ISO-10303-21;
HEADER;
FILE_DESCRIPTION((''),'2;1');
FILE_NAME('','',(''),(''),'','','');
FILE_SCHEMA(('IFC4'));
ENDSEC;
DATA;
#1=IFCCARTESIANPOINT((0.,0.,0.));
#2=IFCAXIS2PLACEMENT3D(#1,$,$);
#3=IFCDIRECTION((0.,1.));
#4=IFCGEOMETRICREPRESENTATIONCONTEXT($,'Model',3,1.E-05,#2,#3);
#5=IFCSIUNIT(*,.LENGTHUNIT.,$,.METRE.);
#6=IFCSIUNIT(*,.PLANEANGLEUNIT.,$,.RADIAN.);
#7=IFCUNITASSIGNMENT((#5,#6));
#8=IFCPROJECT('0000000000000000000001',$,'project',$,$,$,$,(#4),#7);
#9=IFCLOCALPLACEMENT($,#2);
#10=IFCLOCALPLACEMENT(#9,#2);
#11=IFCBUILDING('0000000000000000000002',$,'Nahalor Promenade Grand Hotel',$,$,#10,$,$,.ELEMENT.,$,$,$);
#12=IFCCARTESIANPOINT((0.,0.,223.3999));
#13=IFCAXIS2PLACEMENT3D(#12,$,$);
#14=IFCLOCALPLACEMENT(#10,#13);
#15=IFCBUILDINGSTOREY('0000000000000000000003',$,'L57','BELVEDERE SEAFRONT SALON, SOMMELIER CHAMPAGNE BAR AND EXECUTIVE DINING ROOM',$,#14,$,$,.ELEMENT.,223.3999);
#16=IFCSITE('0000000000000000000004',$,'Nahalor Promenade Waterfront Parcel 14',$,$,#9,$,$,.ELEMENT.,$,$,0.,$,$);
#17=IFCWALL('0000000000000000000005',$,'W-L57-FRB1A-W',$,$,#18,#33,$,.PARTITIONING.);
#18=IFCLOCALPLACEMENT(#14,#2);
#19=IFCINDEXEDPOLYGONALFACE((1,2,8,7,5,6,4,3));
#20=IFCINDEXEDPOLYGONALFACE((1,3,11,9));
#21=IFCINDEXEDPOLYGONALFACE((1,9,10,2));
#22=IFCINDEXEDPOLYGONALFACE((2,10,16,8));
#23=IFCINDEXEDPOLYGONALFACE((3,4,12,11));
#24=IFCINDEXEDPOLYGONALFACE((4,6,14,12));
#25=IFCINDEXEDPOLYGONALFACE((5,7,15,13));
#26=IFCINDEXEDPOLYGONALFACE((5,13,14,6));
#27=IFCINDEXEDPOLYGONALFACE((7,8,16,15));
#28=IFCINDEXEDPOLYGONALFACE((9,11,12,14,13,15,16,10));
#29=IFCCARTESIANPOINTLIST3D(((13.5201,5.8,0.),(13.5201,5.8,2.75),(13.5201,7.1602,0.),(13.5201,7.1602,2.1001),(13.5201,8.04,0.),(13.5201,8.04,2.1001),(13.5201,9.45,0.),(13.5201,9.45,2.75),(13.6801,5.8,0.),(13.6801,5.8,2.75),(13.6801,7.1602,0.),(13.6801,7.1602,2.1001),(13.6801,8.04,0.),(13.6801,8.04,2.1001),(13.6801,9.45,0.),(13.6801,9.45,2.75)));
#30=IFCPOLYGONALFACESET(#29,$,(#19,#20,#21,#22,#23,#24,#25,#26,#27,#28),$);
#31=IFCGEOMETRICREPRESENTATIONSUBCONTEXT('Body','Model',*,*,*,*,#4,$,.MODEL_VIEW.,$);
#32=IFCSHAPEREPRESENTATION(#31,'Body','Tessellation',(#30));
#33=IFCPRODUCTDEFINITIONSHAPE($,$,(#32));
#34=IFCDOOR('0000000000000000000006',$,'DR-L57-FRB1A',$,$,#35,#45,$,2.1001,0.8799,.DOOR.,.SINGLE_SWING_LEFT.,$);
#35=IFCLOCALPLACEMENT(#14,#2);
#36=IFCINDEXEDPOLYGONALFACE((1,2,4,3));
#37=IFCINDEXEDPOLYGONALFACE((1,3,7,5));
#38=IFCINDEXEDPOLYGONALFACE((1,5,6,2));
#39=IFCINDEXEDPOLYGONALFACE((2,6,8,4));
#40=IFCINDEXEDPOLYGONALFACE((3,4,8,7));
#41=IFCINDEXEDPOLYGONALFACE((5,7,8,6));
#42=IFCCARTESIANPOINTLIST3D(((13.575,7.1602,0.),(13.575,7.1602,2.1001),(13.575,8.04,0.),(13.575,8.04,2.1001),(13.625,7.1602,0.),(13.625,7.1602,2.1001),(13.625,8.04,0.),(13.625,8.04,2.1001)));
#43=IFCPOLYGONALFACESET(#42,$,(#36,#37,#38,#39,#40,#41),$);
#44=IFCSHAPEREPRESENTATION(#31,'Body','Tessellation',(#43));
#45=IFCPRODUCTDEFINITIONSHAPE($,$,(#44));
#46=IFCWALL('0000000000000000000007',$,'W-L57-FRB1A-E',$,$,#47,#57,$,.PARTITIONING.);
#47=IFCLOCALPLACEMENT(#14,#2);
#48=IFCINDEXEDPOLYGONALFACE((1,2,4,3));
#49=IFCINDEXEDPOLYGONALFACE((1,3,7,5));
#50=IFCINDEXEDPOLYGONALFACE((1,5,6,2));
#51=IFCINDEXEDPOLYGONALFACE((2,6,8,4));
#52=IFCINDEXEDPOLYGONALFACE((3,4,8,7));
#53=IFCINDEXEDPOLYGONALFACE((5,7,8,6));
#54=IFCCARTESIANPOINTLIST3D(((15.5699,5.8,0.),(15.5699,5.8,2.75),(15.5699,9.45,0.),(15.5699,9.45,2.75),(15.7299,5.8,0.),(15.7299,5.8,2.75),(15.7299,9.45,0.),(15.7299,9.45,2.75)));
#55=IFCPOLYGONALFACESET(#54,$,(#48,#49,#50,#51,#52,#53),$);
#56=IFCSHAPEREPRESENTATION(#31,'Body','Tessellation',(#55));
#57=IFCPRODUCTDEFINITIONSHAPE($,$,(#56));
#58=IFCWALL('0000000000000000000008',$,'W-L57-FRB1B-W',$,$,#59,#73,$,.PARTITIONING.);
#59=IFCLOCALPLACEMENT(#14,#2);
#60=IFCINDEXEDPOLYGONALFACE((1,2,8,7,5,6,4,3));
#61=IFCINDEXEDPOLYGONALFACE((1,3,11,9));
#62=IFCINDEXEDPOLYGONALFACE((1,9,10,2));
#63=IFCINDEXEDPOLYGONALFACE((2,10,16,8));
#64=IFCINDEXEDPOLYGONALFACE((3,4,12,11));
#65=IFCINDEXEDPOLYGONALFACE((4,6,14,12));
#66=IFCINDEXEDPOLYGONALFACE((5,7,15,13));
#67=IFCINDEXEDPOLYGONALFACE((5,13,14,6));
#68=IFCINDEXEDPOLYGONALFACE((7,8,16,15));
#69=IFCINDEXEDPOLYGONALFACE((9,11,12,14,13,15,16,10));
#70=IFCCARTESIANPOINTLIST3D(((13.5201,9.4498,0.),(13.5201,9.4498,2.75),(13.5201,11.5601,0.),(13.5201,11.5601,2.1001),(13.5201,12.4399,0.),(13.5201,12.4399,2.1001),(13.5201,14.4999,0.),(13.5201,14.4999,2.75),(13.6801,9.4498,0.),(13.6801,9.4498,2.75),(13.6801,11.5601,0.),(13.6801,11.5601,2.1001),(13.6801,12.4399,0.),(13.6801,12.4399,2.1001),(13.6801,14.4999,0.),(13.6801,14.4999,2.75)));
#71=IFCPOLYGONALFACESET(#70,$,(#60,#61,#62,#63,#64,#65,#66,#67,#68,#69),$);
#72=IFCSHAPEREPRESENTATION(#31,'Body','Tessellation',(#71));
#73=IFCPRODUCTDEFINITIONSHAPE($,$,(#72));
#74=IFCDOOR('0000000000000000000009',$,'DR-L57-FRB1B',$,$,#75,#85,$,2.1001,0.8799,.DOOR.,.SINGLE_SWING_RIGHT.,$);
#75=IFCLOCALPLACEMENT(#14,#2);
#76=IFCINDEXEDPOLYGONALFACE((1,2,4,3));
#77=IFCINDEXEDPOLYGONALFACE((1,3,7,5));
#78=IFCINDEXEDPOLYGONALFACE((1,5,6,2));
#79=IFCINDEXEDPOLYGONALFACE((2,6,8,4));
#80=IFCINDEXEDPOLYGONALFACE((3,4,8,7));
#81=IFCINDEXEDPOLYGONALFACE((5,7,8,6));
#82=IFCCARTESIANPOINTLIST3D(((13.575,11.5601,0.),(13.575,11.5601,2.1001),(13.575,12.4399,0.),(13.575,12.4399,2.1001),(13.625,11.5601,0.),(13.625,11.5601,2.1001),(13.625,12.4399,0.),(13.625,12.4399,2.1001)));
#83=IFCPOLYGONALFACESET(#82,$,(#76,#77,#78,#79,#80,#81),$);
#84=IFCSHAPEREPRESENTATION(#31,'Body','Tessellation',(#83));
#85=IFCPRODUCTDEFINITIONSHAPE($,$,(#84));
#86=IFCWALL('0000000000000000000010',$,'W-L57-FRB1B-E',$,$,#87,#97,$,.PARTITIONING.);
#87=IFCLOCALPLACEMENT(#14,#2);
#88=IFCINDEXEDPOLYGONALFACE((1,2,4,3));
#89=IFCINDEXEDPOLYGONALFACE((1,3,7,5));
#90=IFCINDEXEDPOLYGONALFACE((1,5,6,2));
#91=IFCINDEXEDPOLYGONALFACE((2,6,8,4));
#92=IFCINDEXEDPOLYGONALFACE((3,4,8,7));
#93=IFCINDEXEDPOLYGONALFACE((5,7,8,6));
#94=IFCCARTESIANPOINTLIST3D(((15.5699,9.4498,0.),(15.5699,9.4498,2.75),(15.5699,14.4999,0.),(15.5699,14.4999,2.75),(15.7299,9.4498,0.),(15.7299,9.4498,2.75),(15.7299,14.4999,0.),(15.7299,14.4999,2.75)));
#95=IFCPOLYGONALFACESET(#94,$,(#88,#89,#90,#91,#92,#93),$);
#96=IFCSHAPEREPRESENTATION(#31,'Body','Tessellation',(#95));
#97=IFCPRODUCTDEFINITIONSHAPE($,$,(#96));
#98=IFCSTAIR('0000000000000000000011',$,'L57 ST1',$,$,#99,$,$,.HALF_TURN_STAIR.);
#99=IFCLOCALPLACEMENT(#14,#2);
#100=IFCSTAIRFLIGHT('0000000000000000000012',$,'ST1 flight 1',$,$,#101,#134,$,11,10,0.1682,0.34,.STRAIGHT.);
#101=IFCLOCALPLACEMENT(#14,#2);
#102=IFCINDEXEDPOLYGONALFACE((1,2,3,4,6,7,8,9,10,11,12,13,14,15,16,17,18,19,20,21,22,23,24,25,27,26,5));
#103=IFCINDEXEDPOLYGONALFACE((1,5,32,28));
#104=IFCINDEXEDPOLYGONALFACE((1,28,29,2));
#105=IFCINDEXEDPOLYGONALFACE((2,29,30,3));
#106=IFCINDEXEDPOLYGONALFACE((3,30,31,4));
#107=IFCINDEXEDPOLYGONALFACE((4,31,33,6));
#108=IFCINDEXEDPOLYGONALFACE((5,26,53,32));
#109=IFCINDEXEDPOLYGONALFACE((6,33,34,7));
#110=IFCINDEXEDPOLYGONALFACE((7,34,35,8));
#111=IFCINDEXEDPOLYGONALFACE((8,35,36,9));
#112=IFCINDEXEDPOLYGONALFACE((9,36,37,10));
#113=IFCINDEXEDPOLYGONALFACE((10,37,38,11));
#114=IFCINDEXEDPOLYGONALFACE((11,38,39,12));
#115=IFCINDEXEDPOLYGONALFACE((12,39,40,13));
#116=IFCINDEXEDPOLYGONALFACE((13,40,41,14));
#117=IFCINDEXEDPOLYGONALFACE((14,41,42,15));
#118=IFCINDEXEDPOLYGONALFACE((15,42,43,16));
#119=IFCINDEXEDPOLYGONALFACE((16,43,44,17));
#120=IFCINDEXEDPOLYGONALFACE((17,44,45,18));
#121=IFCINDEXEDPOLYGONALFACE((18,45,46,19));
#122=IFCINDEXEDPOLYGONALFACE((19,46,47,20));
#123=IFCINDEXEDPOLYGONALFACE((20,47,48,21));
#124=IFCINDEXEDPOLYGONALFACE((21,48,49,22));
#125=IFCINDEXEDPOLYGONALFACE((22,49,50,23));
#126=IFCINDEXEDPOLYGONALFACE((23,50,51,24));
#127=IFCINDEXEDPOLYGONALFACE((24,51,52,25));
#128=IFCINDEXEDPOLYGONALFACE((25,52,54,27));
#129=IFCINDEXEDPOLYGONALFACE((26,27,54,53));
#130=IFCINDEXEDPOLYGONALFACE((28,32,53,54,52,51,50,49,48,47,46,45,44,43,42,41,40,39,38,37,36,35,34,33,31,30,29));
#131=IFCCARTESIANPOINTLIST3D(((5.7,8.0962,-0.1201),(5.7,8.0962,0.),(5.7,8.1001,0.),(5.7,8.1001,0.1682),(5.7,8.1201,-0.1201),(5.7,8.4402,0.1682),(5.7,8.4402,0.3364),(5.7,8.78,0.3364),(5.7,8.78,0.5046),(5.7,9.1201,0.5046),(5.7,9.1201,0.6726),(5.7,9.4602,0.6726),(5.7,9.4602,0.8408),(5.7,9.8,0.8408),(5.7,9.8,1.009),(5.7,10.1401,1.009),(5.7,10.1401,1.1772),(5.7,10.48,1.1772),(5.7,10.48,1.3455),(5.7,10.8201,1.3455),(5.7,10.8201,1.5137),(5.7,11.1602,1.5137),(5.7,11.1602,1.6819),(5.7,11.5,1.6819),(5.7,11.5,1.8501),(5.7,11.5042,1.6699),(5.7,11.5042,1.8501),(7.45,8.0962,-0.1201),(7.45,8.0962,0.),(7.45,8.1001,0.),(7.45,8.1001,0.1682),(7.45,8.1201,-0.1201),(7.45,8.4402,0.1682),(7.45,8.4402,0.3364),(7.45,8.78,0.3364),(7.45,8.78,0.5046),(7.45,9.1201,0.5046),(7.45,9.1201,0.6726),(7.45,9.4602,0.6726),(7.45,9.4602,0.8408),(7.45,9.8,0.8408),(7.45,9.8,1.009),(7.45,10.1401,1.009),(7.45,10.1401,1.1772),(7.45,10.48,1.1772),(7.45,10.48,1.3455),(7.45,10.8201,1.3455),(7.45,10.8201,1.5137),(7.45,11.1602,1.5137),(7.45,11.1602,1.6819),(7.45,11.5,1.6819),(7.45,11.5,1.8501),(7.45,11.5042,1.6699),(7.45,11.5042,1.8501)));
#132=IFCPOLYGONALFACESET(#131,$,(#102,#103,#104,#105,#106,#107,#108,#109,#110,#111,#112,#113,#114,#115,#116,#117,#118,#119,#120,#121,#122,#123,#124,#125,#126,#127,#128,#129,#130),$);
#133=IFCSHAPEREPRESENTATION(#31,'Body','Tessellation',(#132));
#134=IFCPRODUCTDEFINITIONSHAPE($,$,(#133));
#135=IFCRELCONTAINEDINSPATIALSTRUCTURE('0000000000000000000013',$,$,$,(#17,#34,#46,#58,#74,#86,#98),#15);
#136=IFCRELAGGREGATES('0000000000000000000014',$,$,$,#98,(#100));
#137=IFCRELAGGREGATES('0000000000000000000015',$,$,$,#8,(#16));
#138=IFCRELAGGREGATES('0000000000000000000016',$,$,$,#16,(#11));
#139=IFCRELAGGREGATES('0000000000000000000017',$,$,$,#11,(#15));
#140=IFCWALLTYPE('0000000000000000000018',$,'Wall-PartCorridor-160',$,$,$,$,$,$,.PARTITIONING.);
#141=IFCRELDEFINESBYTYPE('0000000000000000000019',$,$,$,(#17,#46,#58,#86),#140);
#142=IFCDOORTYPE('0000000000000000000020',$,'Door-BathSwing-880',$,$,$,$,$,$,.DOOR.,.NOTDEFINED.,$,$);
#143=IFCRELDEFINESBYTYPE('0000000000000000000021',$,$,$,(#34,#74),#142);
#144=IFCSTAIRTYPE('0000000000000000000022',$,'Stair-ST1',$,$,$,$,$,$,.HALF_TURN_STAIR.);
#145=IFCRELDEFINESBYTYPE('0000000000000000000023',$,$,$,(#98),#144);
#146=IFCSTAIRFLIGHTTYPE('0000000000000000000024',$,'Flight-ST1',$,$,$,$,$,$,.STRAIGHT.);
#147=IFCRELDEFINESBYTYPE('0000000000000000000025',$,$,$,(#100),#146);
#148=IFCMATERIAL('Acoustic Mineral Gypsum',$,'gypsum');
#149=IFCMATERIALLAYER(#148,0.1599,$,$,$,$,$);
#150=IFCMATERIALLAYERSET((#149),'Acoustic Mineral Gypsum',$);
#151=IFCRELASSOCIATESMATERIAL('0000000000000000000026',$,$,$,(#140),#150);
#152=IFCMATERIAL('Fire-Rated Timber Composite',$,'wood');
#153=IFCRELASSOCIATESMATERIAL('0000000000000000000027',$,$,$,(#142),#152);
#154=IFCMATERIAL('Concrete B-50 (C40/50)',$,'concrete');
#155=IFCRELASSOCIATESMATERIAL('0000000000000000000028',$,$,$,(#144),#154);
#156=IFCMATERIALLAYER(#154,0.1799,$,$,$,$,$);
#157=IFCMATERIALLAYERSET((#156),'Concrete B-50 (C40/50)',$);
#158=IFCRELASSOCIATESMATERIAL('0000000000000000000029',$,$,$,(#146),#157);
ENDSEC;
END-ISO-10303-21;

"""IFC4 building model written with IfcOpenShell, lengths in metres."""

from ifc_helpers import new_model, si_unit, direction, frame, frame_2d, origin, place, context, subcontext, project, spatial, polyline, rectangle, outline, extrude, source, transform, mapped, material, layer, layer_set, type_object, element, fill, aggregate, save


model = new_model("IFC4")

# Units and contexts
model_context = context("Model", 3, precision=1e-05, world=origin(), true_north=direction((0.0, 1.0)))
body_context = subcontext(model_context, "Body", "Model", "MODEL_VIEW")
ifc_project = project(units=[si_unit("LENGTHUNIT", "METRE"), si_unit("PLANEANGLEUNIT", "RADIAN")], contexts=[model_context])

# Site, building, storey
site_placement = place(None, origin())
site = spatial("IfcSite", under=ifc_project, at=site_placement, Name="Nahalor Promenade Waterfront Parcel 14", CompositionType="ELEMENT", RefElevation=0.0)
building_placement = place(site_placement, origin())
building = spatial("IfcBuilding", under=site, at=building_placement, Name="Nahalor Promenade Grand Hotel", CompositionType="ELEMENT")
storey_placement = place(building_placement, frame((0.0, 0.0, 223.3999)))
storey = spatial("IfcBuildingStorey", under=building, at=storey_placement, Name="L57", Description="BELVEDERE SEAFRONT SALON, SOMMELIER CHAMPAGNE BAR AND EXECUTIVE DINING ROOM", CompositionType="ELEMENT", Elevation=223.3999)

# Shared definitions
ifc_material_1 = material(Name="Concrete B-50 (C40/50)", Category="concrete")

# Shared definitions
ifc_material_2 = material(Name="Acoustic Mineral Gypsum", Category="gypsum")
ifc_layer_1 = layer(ifc_material_2, 0.1599)
ifc_layer_set_1 = layer_set([ifc_layer_1], Name="Acoustic Mineral Gypsum")
wall_type_1 = type_object("IfcWallType", Name="Wall-PartCorridor-160", PredefinedType="PARTITIONING", material=ifc_layer_set_1)

# Shared definitions
ifc_material_3 = material(Name="Fire-Rated Timber Composite", Category="wood")
door_type_1 = type_object("IfcDoorType", Name="Door-BathSwing-880", OperationType="NOTDEFINED", PredefinedType="DOOR", material=ifc_material_3)
shared_shape_1 = source(origin(), body_context, "Body", "SweptSolid", [
    extrude(rectangle(XDim=0.8799, YDim=2.1001, at=frame_2d((0.4399, 1.05))), frame((0.0, 0.0249, 0.0), z_axis=(0.0, -1.0, 0.0), x_axis=(1.0, 0.0, 0.0)), (0.0, 0.0, 1.0), 0.05),
])

# Wall, opening, door
shared_shape_2 = source(origin(), body_context, "Body", "SweptSolid", [
    extrude(rectangle(XDim=3.6499, YDim=0.1599, at=frame_2d((1.825, 0.0))), origin(), (0.0, 0.0, 1.0), 2.75),
])
wall_1_placement = place(storey_placement, frame((13.6001, 5.8, 0.0), z_axis=(0.0, 0.0, 1.0), x_axis=(0.0, 1.0, 0.0)))
wall_1 = element("IfcWall", 1, at=wall_1_placement, inside=storey, type_object=wall_type_1, Name="W-L57-FRB1A-W", PredefinedType="PARTITIONING", context=body_context, shape_type="MappedRepresentation", body=[
    mapped(shared_shape_2, transform((0.0, 0.0, 0.0), scale=1.0)),
])
opening_1_placement = place(wall_1_placement, frame((1.3601, 0.0, 0.0)))
opening_1 = element("IfcOpeningElement", 2, at=opening_1_placement, cuts=wall_1, PredefinedType="OPENING", context=body_context, shape_type="SweptSolid", body=[
    extrude(rectangle(XDim=0.8799, YDim=2.1001, at=frame_2d((0.4399, 1.05))), frame((0.0, 0.0898, 0.0), z_axis=(0.0, -1.0, 0.0), x_axis=(1.0, 0.0, 0.0)), (0.0, 0.0, 1.0), 0.1799),
])
door_1_placement = place(opening_1_placement, frame((0.8799, 0.0, 0.0), z_axis=(0.0, 0.0, 1.0), x_axis=(-1.0, 0.0, 0.0)))
door_1 = element("IfcDoor", 3, at=door_1_placement, inside=storey, type_object=door_type_1, Name="DR-L57-FRB1A", OperationType="SINGLE_SWING_LEFT", OverallHeight=2.1001, OverallWidth=0.8799, PredefinedType="DOOR", context=body_context, shape_type="MappedRepresentation", body=[
    mapped(shared_shape_1, transform((0.0, 0.0, 0.0), scale=1.0)),
])
fill(opening_1, door_1)

# Wall
wall_2_placement = place(storey_placement, frame((15.6499, 5.8, 0.0), z_axis=(0.0, 0.0, 1.0), x_axis=(0.0, 1.0, 0.0)))
element("IfcWall", 4, at=wall_2_placement, inside=storey, type_object=wall_type_1, Name="W-L57-FRB1A-E", PredefinedType="PARTITIONING", context=body_context, shape_type="MappedRepresentation", body=[
    mapped(shared_shape_2, transform((0.0, 0.0, 0.0), scale=1.0)),
])

# Wall, opening, door
shared_shape_3 = source(origin(), body_context, "Body", "SweptSolid", [
    extrude(rectangle(XDim=5.05, YDim=0.1599, at=frame_2d((2.5249, 0.0))), origin(), (0.0, 0.0, 1.0), 2.75),
])
wall_3_placement = place(storey_placement, frame((13.6001, 9.45, 0.0), z_axis=(0.0, 0.0, 1.0), x_axis=(0.0, 1.0, 0.0)))
wall_3 = element("IfcWall", 5, at=wall_3_placement, inside=storey, type_object=wall_type_1, Name="W-L57-FRB1B-W", PredefinedType="PARTITIONING", context=body_context, shape_type="MappedRepresentation", body=[
    mapped(shared_shape_3, transform((0.0, 0.0, 0.0), scale=1.0)),
])
opening_2_placement = place(wall_3_placement, frame((2.1101, 0.0, 0.0)))
opening_2 = element("IfcOpeningElement", 6, at=opening_2_placement, cuts=wall_3, PredefinedType="OPENING", context=body_context, shape_type="SweptSolid", body=[
    extrude(rectangle(XDim=0.8799, YDim=2.1001, at=frame_2d((0.4399, 1.05))), frame((0.0, 0.0898, 0.0), z_axis=(0.0, -1.0, 0.0), x_axis=(1.0, 0.0, 0.0)), (0.0, 0.0, 1.0), 0.1799),
])
door_2_placement = place(opening_2_placement, frame((0.8799, 0.0, 0.0), z_axis=(0.0, 0.0, 1.0), x_axis=(-1.0, 0.0, 0.0)))
door_2 = element("IfcDoor", 7, at=door_2_placement, inside=storey, type_object=door_type_1, Name="DR-L57-FRB1B", OperationType="SINGLE_SWING_RIGHT", OverallHeight=2.1001, OverallWidth=0.8799, PredefinedType="DOOR", context=body_context, shape_type="MappedRepresentation", body=[
    mapped(shared_shape_1, transform((0.0, 0.0, 0.0), scale=1.0)),
])
fill(opening_2, door_2)

# Wall
wall_4_placement = place(storey_placement, frame((15.6499, 9.45, 0.0), z_axis=(0.0, 0.0, 1.0), x_axis=(0.0, 1.0, 0.0)))
element("IfcWall", 8, at=wall_4_placement, inside=storey, type_object=wall_type_1, Name="W-L57-FRB1B-E", PredefinedType="PARTITIONING", context=body_context, shape_type="MappedRepresentation", body=[
    mapped(shared_shape_3, transform((0.0, 0.0, 0.0), scale=1.0)),
])

# Stair, stair flight
stair_type = type_object("IfcStairType", Name="Stair-ST1", PredefinedType="HALF_TURN_STAIR", material=ifc_material_1)
stair_placement = place(storey_placement, origin())
stair = element("IfcStair", 9, at=stair_placement, inside=storey, type_object=stair_type, Name="L57 ST1", PredefinedType="HALF_TURN_STAIR")
ifc_layer_2 = layer(ifc_material_1, 0.1799)
ifc_layer_set_2 = layer_set([ifc_layer_2], Name="Concrete B-50 (C40/50)")
stair_flight_type = type_object("IfcStairFlightType", Name="Flight-ST1", PredefinedType="STRAIGHT", material=ifc_layer_set_2)
shared_shape_4 = source(origin(), body_context, "Body", "SweptSolid", [
    extrude(outline(polyline([(-0.0039, -0.1201), (-0.0039, 0.0), (0.0, 0.0), (0.0, 0.1682), (0.3401, 0.1682), (0.3401, 0.3364), (0.6799, 0.3364), (0.6799, 0.5046), (1.02, 0.5046), (1.02, 0.6726), (1.3601, 0.6726), (1.3601, 0.8408), (1.7, 0.8408), (1.7, 1.009), (2.04, 1.009), (2.04, 1.1772), (2.3799, 1.1772), (2.3799, 1.3455), (2.72, 1.3455), (2.72, 1.5137), (3.0601, 1.5137), (3.0601, 1.6819), (3.3999, 1.6819), (3.3999, 1.8501), (3.4041, 1.8501), (3.4041, 1.6699), (0.02, -0.1201), (-0.0039, -0.1201)])), frame((0.0, 0.875, 0.0), z_axis=(0.0, -1.0, 0.0), x_axis=(1.0, 0.0, 0.0)), (0.0, 0.0, 1.0), 1.75),
])
stair_flight_placement = place(storey_placement, frame((6.575, 8.1001, 0.0), z_axis=(0.0, 0.0, 1.0), x_axis=(0.0, 1.0, 0.0)))
stair_flight = element("IfcStairFlight", 10, at=stair_flight_placement, type_object=stair_flight_type, Name="ST1 flight 1", NumberOfRisers=11, NumberOfTreads=10, PredefinedType="STRAIGHT", RiserHeight=0.1682, TreadLength=0.34, context=body_context, shape_type="MappedRepresentation", body=[
    mapped(shared_shape_4, transform((0.0, 0.0, 0.0), scale=1.0)),
])
aggregate(stair, [stair_flight])

save(model, "model.ifc")
